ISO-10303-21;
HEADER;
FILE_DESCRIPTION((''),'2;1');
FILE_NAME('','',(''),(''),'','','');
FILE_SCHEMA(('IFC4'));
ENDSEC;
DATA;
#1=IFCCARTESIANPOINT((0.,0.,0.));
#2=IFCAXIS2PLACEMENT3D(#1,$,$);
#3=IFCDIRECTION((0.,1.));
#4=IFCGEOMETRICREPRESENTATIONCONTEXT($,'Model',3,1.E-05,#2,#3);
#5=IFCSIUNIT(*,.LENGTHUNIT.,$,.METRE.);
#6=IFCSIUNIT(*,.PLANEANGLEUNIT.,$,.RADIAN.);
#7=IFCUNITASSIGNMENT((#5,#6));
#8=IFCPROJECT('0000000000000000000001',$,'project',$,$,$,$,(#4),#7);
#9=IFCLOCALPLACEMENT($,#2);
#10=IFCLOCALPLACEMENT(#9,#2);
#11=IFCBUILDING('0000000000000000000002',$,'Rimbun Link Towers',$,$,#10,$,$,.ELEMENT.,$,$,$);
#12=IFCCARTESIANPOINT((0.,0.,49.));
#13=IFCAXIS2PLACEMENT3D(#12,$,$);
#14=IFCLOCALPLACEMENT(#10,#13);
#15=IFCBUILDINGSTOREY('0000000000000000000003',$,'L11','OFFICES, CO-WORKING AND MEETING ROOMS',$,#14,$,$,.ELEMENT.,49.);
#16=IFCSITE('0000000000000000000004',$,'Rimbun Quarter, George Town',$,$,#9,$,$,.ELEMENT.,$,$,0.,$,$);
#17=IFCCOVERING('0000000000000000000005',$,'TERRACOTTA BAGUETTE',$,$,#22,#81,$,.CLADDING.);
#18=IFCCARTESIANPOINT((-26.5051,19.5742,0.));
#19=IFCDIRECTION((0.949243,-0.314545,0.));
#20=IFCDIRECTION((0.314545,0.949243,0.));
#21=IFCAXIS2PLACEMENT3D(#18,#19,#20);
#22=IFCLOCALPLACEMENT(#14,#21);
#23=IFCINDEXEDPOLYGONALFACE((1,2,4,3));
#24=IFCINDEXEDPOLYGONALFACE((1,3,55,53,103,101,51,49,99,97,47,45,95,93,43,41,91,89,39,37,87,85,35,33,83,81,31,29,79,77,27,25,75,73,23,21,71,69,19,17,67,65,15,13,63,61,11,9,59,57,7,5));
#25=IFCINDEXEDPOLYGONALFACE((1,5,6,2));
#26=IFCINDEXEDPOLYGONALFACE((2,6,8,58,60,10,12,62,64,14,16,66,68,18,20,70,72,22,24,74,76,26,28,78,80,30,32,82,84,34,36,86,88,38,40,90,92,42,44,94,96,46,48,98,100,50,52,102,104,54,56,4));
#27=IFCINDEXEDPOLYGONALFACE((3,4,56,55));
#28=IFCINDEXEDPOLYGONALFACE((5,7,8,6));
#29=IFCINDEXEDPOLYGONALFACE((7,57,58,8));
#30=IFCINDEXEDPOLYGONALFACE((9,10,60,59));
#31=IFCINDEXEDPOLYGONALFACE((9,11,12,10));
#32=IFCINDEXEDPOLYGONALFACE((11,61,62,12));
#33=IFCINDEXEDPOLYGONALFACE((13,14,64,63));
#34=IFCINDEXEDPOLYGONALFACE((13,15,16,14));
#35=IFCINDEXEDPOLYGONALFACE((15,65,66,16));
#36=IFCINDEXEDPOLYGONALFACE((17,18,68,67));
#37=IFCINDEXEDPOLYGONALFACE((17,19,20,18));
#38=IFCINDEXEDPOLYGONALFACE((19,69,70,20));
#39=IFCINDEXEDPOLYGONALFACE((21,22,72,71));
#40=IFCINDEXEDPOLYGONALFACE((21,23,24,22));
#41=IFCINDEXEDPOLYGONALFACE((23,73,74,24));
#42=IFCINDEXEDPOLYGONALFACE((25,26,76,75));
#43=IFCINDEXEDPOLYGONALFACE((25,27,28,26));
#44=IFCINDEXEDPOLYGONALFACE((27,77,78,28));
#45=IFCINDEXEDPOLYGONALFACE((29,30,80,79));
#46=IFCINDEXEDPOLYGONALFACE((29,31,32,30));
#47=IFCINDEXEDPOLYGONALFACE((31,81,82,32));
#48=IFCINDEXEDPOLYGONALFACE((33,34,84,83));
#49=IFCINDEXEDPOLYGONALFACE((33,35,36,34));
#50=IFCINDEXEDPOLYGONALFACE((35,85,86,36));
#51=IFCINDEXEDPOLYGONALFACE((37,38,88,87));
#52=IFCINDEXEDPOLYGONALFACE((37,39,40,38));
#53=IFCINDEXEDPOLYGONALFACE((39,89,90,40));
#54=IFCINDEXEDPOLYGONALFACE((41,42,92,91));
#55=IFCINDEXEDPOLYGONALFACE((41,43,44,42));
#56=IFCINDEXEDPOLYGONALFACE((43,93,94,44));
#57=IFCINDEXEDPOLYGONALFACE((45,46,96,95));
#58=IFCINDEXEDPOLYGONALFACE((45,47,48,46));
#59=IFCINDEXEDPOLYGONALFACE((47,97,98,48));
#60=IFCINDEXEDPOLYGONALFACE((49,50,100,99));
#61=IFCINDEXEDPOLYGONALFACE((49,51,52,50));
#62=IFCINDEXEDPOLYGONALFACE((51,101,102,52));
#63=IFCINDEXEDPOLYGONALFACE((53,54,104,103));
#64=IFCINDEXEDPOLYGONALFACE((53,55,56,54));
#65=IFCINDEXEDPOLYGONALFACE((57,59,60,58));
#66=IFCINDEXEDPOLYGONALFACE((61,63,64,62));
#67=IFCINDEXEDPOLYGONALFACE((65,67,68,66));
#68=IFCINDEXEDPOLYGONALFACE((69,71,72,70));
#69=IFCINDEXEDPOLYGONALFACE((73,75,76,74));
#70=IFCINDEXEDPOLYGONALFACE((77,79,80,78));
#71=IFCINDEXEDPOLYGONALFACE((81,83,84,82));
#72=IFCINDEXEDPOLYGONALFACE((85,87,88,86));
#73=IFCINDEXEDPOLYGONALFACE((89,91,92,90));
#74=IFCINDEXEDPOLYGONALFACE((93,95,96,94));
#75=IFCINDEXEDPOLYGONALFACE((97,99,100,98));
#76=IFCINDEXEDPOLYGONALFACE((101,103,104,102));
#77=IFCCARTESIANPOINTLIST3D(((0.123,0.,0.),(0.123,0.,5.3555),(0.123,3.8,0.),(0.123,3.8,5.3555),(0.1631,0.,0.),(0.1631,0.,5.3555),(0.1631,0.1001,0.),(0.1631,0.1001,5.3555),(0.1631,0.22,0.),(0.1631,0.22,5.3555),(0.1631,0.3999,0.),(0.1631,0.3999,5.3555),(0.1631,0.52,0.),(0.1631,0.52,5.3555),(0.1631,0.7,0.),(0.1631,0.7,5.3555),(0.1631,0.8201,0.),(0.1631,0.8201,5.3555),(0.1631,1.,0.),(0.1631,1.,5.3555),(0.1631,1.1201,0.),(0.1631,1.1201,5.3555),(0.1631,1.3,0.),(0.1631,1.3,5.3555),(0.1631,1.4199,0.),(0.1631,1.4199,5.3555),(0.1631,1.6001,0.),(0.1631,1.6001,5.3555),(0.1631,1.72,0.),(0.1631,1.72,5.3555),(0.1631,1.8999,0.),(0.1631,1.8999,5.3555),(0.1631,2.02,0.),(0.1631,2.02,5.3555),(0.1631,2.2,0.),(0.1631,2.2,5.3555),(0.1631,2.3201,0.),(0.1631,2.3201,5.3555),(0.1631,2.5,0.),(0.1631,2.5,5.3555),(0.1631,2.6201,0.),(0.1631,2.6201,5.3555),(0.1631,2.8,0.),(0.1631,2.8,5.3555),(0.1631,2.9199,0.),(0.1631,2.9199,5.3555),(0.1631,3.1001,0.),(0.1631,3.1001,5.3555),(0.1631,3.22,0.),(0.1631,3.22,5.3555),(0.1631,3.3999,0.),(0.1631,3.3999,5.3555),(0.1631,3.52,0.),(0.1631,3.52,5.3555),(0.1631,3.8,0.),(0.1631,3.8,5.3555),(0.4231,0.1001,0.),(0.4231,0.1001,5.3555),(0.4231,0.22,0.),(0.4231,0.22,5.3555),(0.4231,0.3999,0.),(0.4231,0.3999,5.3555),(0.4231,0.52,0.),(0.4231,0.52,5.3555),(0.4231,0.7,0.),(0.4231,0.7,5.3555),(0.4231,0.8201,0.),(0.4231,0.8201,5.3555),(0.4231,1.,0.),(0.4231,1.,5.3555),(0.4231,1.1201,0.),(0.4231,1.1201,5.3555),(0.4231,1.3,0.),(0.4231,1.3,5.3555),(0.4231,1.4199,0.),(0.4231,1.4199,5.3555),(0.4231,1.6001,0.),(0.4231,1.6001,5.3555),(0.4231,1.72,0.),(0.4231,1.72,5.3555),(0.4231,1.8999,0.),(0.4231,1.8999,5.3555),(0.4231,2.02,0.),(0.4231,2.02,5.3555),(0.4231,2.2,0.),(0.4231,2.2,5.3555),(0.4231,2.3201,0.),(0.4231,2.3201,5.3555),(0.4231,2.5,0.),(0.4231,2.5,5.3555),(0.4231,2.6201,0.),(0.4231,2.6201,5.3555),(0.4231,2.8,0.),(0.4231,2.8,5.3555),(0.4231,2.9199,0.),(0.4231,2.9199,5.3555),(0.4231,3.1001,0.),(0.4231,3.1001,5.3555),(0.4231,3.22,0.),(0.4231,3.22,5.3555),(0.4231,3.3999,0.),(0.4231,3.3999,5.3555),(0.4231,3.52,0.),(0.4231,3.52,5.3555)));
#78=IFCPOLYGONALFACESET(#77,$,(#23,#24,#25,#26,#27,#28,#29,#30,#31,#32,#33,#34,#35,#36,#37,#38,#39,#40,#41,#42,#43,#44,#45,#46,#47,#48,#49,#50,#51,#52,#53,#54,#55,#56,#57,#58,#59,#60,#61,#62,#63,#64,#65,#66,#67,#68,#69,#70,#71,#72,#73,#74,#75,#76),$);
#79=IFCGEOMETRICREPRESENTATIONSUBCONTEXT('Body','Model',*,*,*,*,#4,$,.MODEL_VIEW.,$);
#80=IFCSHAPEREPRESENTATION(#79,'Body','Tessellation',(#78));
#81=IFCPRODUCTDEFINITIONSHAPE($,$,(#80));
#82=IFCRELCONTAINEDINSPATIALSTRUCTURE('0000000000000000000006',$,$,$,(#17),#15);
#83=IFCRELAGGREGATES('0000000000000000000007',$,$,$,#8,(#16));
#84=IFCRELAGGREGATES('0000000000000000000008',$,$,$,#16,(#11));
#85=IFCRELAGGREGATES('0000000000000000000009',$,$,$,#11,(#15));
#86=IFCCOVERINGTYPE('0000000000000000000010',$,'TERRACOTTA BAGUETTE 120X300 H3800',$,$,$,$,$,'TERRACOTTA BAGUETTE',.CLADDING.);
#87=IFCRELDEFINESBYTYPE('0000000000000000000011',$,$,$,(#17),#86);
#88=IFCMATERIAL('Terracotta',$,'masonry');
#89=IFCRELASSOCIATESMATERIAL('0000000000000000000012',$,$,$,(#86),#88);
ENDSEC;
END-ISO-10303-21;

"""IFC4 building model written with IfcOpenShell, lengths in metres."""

from ifc_helpers import new_model, si_unit, direction, frame, origin, place, context, subcontext, project, spatial, polyline, outline, extrude, material, material_profile, profile_set, type_object, element, save


model = new_model("IFC4")

# Units and contexts
model_context = context("Model", 3, precision=1e-05, world=origin(), true_north=direction((0.0, 1.0)))
body_context = subcontext(model_context, "Body", "Model", "MODEL_VIEW")
ifc_project = project(units=[si_unit("LENGTHUNIT", "METRE"), si_unit("PLANEANGLEUNIT", "RADIAN")], contexts=[model_context])

# Site, building, storey
site_placement = place(None, origin())
site = spatial("IfcSite", under=ifc_project, at=site_placement, Name="Rimbun Quarter, George Town", CompositionType="ELEMENT", RefElevation=0.0)
building_placement = place(site_placement, origin())
building = spatial("IfcBuilding", under=site, at=building_placement, Name="Rimbun Link Towers", CompositionType="ELEMENT")
storey_placement = place(building_placement, frame((0.0, 0.0, 49.0)))
storey = spatial("IfcBuildingStorey", under=building, at=storey_placement, Name="L11", Description="OFFICES, CO-WORKING AND MEETING ROOMS", CompositionType="ELEMENT", Elevation=49.0)

# Covering
ifc_material_1 = material(Name="Terracotta", Category="masonry")
ifc_material_profile_1 = material_profile(ifc_material_1, outline(polyline([(0.123, 0.0), (0.1631, 0.0), (0.1631, 0.1001), (0.4231, 0.1001), (0.4231, 0.22), (0.1631, 0.22), (0.1631, 0.3999), (0.4231, 0.3999), (0.4231, 0.52), (0.1631, 0.52), (0.1631, 0.7), (0.4231, 0.7), (0.4231, 0.8201), (0.1631, 0.8201), (0.1631, 1.0), (0.4231, 1.0), (0.4231, 1.1201), (0.1631, 1.1201), (0.1631, 1.3), (0.4231, 1.3), (0.4231, 1.4199), (0.1631, 1.4199), (0.1631, 1.6001), (0.4231, 1.6001), (0.4231, 1.72), (0.1631, 1.72), (0.1631, 1.8999), (0.4231, 1.8999), (0.4231, 2.02), (0.1631, 2.02), (0.1631, 2.2), (0.4231, 2.2), (0.4231, 2.3201), (0.1631, 2.3201), (0.1631, 2.5), (0.4231, 2.5), (0.4231, 2.6201), (0.1631, 2.6201), (0.1631, 2.8), (0.4231, 2.8), (0.4231, 2.9199), (0.1631, 2.9199), (0.1631, 3.1001), (0.4231, 3.1001), (0.4231, 3.22), (0.1631, 3.22), (0.1631, 3.3999), (0.4231, 3.3999), (0.4231, 3.52), (0.1631, 3.52), (0.1631, 3.8), (0.123, 3.8), (0.123, 0.0)])), Name="BAGUETTE 120X300")
ifc_profile_set_1 = profile_set([ifc_material_profile_1], Name="Terracotta")
covering_type = type_object("IfcCoveringType", Name="TERRACOTTA BAGUETTE 120X300 H3800", ElementType="TERRACOTTA BAGUETTE", PredefinedType="CLADDING", material=ifc_profile_set_1)
covering_1_placement = place(storey_placement, frame((-26.5051, 19.5742, 0.0), z_axis=(0.949243, -0.314545, 0.0), x_axis=(0.314545, 0.949243, 0.0)))
element("IfcCovering", 1, at=covering_1_placement, inside=storey, type_object=covering_type, Name="TERRACOTTA BAGUETTE", PredefinedType="CLADDING", context=body_context, shape_type="SweptSolid", body=[
    extrude(outline(polyline([(0.123, 0.0), (0.1631, 0.0), (0.1631, 0.1001), (0.4231, 0.1001), (0.4231, 0.22), (0.1631, 0.22), (0.1631, 0.3999), (0.4231, 0.3999), (0.4231, 0.52), (0.1631, 0.52), (0.1631, 0.7), (0.4231, 0.7), (0.4231, 0.8201), (0.1631, 0.8201), (0.1631, 1.0), (0.4231, 1.0), (0.4231, 1.1201), (0.1631, 1.1201), (0.1631, 1.3), (0.4231, 1.3), (0.4231, 1.4199), (0.1631, 1.4199), (0.1631, 1.6001), (0.4231, 1.6001), (0.4231, 1.72), (0.1631, 1.72), (0.1631, 1.8999), (0.4231, 1.8999), (0.4231, 2.02), (0.1631, 2.02), (0.1631, 2.2), (0.4231, 2.2), (0.4231, 2.3201), (0.1631, 2.3201), (0.1631, 2.5), (0.4231, 2.5), (0.4231, 2.6201), (0.1631, 2.6201), (0.1631, 2.8), (0.4231, 2.8), (0.4231, 2.9199), (0.1631, 2.9199), (0.1631, 3.1001), (0.4231, 3.1001), (0.4231, 3.22), (0.1631, 3.22), (0.1631, 3.3999), (0.4231, 3.3999), (0.4231, 3.52), (0.1631, 3.52), (0.1631, 3.8), (0.123, 3.8), (0.123, 0.0)])), origin(), (0.0, 0.0, 1.0), 5.3555),
])

save(model, "model.ifc")
